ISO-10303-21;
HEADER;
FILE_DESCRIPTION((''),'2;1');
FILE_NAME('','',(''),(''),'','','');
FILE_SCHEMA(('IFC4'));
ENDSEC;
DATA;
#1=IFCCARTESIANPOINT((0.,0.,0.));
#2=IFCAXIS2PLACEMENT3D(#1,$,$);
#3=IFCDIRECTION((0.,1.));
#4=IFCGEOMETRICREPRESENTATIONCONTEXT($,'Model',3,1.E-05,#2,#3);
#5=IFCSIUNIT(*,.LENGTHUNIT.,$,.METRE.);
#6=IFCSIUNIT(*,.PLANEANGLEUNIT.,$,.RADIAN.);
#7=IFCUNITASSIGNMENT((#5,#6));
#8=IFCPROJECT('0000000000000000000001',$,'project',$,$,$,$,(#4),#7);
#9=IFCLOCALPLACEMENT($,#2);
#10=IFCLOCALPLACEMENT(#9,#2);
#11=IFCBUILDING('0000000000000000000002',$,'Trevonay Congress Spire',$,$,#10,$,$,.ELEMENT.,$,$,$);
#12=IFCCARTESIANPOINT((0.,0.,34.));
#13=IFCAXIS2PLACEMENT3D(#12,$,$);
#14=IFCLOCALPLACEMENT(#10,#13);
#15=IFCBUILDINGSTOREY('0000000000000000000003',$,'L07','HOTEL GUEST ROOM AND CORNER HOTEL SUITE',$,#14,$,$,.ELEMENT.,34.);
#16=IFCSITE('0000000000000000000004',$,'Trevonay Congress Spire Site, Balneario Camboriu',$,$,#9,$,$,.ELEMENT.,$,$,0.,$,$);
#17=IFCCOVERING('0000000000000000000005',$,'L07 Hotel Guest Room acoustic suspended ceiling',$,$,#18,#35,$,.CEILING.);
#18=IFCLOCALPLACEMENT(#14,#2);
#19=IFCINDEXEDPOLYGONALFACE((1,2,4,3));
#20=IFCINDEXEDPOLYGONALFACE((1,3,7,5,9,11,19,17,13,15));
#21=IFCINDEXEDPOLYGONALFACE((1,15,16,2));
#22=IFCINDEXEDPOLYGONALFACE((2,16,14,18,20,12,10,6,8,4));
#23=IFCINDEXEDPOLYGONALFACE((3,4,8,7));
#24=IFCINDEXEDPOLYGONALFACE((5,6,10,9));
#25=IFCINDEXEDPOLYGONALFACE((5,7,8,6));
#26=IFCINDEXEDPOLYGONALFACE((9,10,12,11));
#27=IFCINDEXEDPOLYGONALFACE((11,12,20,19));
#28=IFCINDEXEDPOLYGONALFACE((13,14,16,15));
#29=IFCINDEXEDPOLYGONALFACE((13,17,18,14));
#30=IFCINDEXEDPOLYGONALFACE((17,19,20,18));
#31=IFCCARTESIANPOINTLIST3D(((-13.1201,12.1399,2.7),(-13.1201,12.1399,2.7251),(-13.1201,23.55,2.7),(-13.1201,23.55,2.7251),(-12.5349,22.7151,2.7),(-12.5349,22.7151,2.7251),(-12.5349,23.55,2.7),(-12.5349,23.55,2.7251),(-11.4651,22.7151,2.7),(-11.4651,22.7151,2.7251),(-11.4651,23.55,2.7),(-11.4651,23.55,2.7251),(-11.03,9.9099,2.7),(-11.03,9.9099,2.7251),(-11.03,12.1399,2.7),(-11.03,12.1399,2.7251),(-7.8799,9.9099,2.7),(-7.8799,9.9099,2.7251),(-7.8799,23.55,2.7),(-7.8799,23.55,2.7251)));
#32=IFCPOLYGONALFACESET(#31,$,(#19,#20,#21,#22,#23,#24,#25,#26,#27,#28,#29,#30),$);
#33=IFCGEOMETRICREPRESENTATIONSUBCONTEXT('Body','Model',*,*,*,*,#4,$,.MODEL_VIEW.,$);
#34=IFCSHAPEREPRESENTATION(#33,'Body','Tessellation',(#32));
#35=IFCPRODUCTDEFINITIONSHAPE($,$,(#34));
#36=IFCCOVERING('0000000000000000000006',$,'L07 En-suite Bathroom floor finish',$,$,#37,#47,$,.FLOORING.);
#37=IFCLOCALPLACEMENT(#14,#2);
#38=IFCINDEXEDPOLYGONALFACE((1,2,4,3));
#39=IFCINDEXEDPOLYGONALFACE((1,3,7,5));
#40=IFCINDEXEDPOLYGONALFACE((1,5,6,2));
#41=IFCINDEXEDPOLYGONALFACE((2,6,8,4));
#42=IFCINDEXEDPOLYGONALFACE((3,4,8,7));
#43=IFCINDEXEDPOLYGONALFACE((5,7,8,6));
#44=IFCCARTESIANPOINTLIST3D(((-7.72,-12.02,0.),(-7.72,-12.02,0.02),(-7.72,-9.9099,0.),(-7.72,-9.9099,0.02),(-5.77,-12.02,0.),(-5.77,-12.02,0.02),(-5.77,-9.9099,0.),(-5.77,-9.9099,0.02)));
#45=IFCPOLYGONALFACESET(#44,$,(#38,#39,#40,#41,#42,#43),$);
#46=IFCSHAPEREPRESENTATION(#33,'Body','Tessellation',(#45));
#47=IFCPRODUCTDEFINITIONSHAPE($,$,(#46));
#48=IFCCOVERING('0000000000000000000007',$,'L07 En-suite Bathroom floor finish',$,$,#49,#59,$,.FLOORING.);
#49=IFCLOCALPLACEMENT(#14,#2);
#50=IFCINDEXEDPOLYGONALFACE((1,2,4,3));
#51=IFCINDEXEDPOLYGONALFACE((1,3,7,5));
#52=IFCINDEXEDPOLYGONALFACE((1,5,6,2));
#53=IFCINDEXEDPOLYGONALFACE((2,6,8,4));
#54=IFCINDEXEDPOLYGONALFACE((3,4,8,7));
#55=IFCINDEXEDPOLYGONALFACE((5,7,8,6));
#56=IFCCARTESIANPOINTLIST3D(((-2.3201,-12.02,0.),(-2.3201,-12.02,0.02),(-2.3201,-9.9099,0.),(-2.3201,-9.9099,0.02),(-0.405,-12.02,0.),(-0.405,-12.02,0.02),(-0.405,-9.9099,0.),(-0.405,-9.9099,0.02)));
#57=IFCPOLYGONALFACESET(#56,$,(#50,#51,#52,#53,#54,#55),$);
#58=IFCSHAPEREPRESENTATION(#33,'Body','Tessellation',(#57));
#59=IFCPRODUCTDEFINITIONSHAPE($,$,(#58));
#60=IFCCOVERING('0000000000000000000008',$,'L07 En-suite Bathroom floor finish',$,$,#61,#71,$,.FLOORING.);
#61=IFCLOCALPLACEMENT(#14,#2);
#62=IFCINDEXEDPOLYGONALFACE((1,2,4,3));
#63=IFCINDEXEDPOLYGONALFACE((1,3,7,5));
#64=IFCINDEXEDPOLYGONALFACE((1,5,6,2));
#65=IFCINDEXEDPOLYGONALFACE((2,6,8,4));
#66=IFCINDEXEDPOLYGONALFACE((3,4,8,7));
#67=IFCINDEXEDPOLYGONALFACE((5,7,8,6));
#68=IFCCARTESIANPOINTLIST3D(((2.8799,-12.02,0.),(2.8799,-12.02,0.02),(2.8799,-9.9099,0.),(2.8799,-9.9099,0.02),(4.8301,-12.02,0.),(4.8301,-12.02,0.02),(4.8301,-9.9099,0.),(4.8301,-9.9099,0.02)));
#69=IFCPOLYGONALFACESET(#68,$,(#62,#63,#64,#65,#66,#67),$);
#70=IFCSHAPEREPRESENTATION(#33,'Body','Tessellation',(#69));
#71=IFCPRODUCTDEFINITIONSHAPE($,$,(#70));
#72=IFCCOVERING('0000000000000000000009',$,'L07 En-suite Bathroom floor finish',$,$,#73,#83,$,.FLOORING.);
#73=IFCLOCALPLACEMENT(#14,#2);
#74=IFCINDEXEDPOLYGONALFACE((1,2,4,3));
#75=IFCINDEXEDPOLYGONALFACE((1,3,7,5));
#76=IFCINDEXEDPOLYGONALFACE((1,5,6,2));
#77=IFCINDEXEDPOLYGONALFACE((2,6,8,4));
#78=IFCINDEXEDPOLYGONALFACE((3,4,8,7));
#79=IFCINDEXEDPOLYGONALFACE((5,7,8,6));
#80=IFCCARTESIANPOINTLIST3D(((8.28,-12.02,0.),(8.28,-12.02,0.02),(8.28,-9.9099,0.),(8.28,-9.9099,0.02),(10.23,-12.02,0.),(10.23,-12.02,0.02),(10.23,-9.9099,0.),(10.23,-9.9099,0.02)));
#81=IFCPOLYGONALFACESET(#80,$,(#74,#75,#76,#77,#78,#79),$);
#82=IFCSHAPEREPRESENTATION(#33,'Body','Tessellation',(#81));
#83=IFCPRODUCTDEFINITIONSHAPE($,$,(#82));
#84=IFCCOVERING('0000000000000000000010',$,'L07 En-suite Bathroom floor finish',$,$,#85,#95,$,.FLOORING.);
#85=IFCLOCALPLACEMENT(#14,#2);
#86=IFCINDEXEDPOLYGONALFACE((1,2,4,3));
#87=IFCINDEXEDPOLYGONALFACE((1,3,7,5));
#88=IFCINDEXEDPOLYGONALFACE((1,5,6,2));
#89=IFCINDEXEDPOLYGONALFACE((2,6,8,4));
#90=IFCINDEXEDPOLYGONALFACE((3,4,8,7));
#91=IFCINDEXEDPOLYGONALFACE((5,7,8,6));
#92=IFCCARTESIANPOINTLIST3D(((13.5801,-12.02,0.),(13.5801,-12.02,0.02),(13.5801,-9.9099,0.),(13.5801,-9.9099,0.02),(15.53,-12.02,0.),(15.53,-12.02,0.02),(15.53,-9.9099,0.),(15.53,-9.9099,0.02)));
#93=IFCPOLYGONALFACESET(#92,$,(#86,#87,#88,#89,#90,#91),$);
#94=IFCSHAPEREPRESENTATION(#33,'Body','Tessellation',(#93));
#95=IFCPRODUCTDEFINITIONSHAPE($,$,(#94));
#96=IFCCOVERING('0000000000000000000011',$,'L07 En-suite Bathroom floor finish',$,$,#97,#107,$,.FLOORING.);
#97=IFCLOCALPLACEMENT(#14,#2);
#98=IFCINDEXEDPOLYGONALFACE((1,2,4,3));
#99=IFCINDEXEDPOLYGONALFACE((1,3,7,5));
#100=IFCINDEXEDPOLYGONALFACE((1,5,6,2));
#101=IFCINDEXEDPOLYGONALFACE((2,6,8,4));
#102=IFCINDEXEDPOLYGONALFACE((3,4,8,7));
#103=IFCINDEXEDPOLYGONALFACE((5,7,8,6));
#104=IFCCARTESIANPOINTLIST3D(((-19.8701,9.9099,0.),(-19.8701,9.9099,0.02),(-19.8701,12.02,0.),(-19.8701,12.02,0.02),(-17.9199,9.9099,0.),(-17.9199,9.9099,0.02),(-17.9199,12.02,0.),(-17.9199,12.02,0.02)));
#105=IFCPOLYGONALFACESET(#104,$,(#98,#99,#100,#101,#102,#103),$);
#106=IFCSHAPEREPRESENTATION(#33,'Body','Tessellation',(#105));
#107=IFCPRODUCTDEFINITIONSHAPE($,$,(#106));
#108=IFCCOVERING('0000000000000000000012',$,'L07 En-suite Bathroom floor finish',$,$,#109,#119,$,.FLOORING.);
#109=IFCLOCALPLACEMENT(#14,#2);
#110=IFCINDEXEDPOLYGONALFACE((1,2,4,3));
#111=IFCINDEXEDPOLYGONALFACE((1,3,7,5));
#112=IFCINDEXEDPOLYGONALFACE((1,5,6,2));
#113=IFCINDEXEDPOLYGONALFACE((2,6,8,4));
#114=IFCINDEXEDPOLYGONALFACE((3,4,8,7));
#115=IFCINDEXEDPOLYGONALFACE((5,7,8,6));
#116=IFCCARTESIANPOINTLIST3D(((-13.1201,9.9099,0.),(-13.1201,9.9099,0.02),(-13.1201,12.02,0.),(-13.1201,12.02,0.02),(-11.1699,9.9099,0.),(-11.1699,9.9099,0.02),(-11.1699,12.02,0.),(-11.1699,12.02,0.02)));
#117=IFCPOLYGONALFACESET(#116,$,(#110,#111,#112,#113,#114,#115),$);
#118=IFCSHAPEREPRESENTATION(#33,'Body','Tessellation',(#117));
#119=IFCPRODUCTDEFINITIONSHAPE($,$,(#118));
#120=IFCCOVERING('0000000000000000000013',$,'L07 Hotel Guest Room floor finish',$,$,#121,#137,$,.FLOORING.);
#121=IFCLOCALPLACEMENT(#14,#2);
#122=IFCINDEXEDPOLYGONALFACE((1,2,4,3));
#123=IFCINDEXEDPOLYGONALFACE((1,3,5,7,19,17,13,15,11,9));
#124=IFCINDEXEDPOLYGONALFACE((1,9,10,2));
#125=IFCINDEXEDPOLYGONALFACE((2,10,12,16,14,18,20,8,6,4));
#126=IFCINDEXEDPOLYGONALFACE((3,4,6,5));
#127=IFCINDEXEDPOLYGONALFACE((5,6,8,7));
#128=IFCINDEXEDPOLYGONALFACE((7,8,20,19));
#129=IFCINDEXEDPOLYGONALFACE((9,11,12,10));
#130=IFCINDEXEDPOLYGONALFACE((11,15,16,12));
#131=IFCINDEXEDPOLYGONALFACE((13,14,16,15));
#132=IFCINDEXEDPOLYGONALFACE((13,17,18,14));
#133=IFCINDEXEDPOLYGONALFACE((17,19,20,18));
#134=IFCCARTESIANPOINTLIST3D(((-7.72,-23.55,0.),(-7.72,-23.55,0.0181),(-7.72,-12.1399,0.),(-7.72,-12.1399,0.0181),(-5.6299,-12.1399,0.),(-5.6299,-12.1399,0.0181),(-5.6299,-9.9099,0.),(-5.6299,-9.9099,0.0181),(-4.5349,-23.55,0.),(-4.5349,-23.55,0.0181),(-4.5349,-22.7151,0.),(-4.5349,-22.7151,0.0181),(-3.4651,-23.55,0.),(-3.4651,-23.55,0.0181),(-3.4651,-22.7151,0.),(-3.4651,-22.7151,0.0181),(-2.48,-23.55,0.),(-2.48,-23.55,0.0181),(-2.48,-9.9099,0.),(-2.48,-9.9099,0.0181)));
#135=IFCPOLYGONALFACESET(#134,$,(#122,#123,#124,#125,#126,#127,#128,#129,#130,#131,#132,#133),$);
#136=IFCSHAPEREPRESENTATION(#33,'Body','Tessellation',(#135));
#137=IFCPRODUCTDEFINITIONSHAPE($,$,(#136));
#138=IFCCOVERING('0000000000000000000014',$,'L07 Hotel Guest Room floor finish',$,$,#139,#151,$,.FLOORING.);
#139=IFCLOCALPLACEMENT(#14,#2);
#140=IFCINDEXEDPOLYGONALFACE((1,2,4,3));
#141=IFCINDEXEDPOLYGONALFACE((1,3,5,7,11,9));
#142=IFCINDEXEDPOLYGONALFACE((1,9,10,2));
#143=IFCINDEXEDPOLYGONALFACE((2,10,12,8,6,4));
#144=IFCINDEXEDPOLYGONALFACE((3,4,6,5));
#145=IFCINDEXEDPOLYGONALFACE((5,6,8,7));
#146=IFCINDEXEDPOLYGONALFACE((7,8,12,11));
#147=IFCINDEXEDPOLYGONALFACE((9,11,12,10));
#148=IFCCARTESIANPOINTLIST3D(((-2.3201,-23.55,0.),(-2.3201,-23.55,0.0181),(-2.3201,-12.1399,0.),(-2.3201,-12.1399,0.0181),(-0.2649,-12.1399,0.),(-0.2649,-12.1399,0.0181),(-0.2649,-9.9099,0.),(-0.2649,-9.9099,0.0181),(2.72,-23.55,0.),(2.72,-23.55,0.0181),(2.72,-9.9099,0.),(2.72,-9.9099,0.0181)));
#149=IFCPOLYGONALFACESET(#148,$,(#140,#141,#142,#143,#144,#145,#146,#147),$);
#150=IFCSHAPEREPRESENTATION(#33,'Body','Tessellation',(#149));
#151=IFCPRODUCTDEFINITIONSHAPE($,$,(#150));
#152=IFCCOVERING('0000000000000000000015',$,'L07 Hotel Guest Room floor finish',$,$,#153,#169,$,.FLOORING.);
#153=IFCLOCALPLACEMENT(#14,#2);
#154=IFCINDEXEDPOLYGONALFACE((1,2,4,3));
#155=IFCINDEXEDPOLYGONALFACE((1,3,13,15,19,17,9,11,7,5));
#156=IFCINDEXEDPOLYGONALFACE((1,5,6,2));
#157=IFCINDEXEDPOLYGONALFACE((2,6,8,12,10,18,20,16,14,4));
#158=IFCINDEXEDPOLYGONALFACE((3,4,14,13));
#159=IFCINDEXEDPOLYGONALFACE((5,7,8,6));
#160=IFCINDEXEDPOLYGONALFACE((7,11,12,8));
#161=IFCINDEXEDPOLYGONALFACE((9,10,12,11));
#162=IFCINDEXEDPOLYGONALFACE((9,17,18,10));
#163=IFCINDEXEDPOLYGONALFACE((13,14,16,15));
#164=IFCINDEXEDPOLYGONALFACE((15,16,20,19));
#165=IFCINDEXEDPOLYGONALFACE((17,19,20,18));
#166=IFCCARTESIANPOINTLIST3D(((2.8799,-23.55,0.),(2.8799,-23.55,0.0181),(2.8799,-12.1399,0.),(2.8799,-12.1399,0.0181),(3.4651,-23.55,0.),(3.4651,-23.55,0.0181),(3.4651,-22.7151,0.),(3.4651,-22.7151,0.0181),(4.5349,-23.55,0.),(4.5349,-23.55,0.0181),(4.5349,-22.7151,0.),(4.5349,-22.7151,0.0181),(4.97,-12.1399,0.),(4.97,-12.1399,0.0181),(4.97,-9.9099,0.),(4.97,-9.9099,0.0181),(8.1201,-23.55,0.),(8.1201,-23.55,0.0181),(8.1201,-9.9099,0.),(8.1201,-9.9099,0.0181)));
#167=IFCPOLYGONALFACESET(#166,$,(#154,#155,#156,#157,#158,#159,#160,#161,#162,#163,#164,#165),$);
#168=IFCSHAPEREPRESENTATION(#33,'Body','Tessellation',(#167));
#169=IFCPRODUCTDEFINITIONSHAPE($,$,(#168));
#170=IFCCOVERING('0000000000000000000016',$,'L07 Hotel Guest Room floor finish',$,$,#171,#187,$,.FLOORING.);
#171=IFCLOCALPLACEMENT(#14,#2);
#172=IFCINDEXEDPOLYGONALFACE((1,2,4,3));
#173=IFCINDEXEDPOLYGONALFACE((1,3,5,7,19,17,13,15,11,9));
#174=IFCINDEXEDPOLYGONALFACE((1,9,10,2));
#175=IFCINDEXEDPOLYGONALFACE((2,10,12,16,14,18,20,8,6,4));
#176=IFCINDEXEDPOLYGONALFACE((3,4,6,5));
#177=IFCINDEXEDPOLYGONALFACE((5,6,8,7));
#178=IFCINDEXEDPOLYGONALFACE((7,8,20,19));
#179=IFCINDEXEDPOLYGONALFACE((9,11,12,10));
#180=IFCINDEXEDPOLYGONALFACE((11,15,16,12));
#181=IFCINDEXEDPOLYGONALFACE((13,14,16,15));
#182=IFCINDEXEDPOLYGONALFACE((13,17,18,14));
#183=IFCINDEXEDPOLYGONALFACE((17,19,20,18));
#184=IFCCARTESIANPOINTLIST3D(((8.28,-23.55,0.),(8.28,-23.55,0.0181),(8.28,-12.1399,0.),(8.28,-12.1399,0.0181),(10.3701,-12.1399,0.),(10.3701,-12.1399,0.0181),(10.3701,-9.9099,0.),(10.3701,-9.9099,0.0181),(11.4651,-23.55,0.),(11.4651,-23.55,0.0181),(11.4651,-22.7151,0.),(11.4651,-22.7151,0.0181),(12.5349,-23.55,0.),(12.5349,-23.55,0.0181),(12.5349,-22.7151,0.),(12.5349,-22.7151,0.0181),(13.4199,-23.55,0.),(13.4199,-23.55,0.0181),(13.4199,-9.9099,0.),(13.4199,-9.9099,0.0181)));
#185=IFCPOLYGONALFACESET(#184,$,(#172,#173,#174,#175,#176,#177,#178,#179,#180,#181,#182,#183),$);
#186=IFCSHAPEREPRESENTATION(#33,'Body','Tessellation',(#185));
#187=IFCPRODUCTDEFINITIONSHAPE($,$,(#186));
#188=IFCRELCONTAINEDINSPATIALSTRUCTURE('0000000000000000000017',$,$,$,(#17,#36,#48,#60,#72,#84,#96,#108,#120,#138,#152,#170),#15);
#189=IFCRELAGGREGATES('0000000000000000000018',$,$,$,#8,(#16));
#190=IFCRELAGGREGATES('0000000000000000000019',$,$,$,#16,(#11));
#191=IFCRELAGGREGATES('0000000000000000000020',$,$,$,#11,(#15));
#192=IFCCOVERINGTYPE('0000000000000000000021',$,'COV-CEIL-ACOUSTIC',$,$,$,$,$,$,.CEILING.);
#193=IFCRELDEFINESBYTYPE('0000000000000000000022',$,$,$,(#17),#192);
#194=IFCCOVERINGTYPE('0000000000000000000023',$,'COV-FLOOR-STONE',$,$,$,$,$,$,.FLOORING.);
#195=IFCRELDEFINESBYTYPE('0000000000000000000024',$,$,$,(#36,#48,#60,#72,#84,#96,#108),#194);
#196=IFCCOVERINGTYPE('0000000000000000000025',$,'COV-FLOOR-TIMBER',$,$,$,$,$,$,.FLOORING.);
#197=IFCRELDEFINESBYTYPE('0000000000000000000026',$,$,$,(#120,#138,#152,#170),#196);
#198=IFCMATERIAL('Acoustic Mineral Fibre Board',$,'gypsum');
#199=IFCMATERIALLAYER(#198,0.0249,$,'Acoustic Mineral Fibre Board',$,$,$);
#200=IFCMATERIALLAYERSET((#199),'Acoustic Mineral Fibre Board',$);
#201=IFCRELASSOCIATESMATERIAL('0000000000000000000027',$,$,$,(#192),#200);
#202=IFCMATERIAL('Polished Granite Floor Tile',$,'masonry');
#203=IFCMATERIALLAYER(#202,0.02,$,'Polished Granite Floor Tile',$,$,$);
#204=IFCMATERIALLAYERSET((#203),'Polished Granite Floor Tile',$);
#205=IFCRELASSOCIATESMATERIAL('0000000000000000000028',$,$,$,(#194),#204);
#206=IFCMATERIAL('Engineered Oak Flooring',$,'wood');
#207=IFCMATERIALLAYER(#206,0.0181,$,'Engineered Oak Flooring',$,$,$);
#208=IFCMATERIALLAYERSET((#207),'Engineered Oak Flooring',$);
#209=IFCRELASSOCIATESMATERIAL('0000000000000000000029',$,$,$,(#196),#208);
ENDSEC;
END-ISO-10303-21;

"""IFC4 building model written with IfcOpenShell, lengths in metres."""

from ifc_helpers import new_model, si_unit, direction, frame, origin, place, context, subcontext, project, spatial, polyline, outline, extrude, material, layer, layer_set, type_object, element, save


model = new_model("IFC4")

# Units and contexts
model_context = context("Model", 3, precision=1e-05, world=origin(), true_north=direction((0.0, 1.0)))
body_context = subcontext(model_context, "Body", "Model", "MODEL_VIEW")
ifc_project = project(units=[si_unit("LENGTHUNIT", "METRE"), si_unit("PLANEANGLEUNIT", "RADIAN")], contexts=[model_context])

# Site, building, storey
site_placement = place(None, origin())
site = spatial("IfcSite", under=ifc_project, at=site_placement, Name="Trevonay Congress Spire Site, Balneario Camboriu", CompositionType="ELEMENT", RefElevation=0.0)
building_placement = place(site_placement, origin())
building = spatial("IfcBuilding", under=site, at=building_placement, Name="Trevonay Congress Spire", CompositionType="ELEMENT")
storey_placement = place(building_placement, frame((0.0, 0.0, 34.0)))
storey = spatial("IfcBuildingStorey", under=building, at=storey_placement, Name="L07", Description="HOTEL GUEST ROOM AND CORNER HOTEL SUITE", CompositionType="ELEMENT", Elevation=34.0)

# Coverings
ifc_material_1 = material(Name="Acoustic Mineral Fibre Board", Category="gypsum")
ifc_layer_1 = layer(ifc_material_1, 0.0249, Name="Acoustic Mineral Fibre Board")
ifc_layer_set_1 = layer_set([ifc_layer_1], Name="Acoustic Mineral Fibre Board")
covering_type_1 = type_object("IfcCoveringType", Name="COV-CEIL-ACOUSTIC", PredefinedType="CEILING", material=ifc_layer_set_1)
covering_1_placement = place(storey_placement, frame((0.0, 0.0, 2.7)))
element("IfcCovering", 1, at=covering_1_placement, inside=storey, type_object=covering_type_1, Name="L07 Hotel Guest Room acoustic suspended ceiling", PredefinedType="CEILING", context=body_context, shape_type="SweptSolid", body=[
    extrude(outline(polyline([(-7.8799, 23.55), (-7.8799, 9.9099), (-11.03, 9.9099), (-11.03, 12.1399), (-13.1201, 12.1399), (-13.1201, 23.55), (-12.5349, 23.55), (-12.5349, 22.7151), (-11.4651, 22.7151), (-11.4651, 23.55), (-7.8799, 23.55)])), origin(), (0.0, 0.0, 1.0), 0.0251),
])
ifc_material_2 = material(Name="Polished Granite Floor Tile", Category="masonry")
ifc_layer_2 = layer(ifc_material_2, 0.02, Name="Polished Granite Floor Tile")
ifc_layer_set_2 = layer_set([ifc_layer_2], Name="Polished Granite Floor Tile")
covering_type_2 = type_object("IfcCoveringType", Name="COV-FLOOR-STONE", PredefinedType="FLOORING", material=ifc_layer_set_2)
covering_2_placement = place(storey_placement, origin())
element("IfcCovering", 2, at=covering_2_placement, inside=storey, type_object=covering_type_2, Name="L07 En-suite Bathroom floor finish", PredefinedType="FLOORING", context=body_context, shape_type="SweptSolid", body=[
    extrude(outline(polyline([(-7.72, -12.02), (-5.77, -12.02), (-5.77, -9.9099), (-7.72, -9.9099), (-7.72, -12.02)])), origin(), (0.0, 0.0, 1.0), 0.02),
])
covering_3_placement = place(storey_placement, origin())
element("IfcCovering", 3, at=covering_3_placement, inside=storey, type_object=covering_type_2, Name="L07 En-suite Bathroom floor finish", PredefinedType="FLOORING", context=body_context, shape_type="SweptSolid", body=[
    extrude(outline(polyline([(-2.3201, -12.02), (-0.405, -12.02), (-0.405, -9.9099), (-2.3201, -9.9099), (-2.3201, -12.02)])), origin(), (0.0, 0.0, 1.0), 0.02),
])
covering_4_placement = place(storey_placement, origin())
element("IfcCovering", 4, at=covering_4_placement, inside=storey, type_object=covering_type_2, Name="L07 En-suite Bathroom floor finish", PredefinedType="FLOORING", context=body_context, shape_type="SweptSolid", body=[
    extrude(outline(polyline([(2.8799, -12.02), (4.8301, -12.02), (4.8301, -9.9099), (2.8799, -9.9099), (2.8799, -12.02)])), origin(), (0.0, 0.0, 1.0), 0.02),
])
covering_5_placement = place(storey_placement, origin())
element("IfcCovering", 5, at=covering_5_placement, inside=storey, type_object=covering_type_2, Name="L07 En-suite Bathroom floor finish", PredefinedType="FLOORING", context=body_context, shape_type="SweptSolid", body=[
    extrude(outline(polyline([(8.28, -12.02), (10.23, -12.02), (10.23, -9.9099), (8.28, -9.9099), (8.28, -12.02)])), origin(), (0.0, 0.0, 1.0), 0.02),
])
covering_6_placement = place(storey_placement, origin())
element("IfcCovering", 6, at=covering_6_placement, inside=storey, type_object=covering_type_2, Name="L07 En-suite Bathroom floor finish", PredefinedType="FLOORING", context=body_context, shape_type="SweptSolid", body=[
    extrude(outline(polyline([(13.5801, -12.02), (15.53, -12.02), (15.53, -9.9099), (13.5801, -9.9099), (13.5801, -12.02)])), origin(), (0.0, 0.0, 1.0), 0.02),
])
covering_7_placement = place(storey_placement, origin())
element("IfcCovering", 7, at=covering_7_placement, inside=storey, type_object=covering_type_2, Name="L07 En-suite Bathroom floor finish", PredefinedType="FLOORING", context=body_context, shape_type="SweptSolid", body=[
    extrude(outline(polyline([(-19.8701, 9.9099), (-17.9199, 9.9099), (-17.9199, 12.02), (-19.8701, 12.02), (-19.8701, 9.9099)])), origin(), (0.0, 0.0, 1.0), 0.02),
])
covering_8_placement = place(storey_placement, origin())
element("IfcCovering", 8, at=covering_8_placement, inside=storey, type_object=covering_type_2, Name="L07 En-suite Bathroom floor finish", PredefinedType="FLOORING", context=body_context, shape_type="SweptSolid", body=[
    extrude(outline(polyline([(-13.1201, 9.9099), (-11.1699, 9.9099), (-11.1699, 12.02), (-13.1201, 12.02), (-13.1201, 9.9099)])), origin(), (0.0, 0.0, 1.0), 0.02),
])
ifc_material_3 = material(Name="Engineered Oak Flooring", Category="wood")
ifc_layer_3 = layer(ifc_material_3, 0.0181, Name="Engineered Oak Flooring")
ifc_layer_set_3 = layer_set([ifc_layer_3], Name="Engineered Oak Flooring")
covering_type_3 = type_object("IfcCoveringType", Name="COV-FLOOR-TIMBER", PredefinedType="FLOORING", material=ifc_layer_set_3)
covering_9_placement = place(storey_placement, origin())
element("IfcCovering", 9, at=covering_9_placement, inside=storey, type_object=covering_type_3, Name="L07 Hotel Guest Room floor finish", PredefinedType="FLOORING", context=body_context, shape_type="SweptSolid", body=[
    extrude(outline(polyline([(-7.72, -23.55), (-7.72, -12.1399), (-5.6299, -12.1399), (-5.6299, -9.9099), (-2.48, -9.9099), (-2.48, -23.55), (-3.4651, -23.55), (-3.4651, -22.7151), (-4.5349, -22.7151), (-4.5349, -23.55), (-7.72, -23.55)])), origin(), (0.0, 0.0, 1.0), 0.0181),
])
covering_10_placement = place(storey_placement, origin())
element("IfcCovering", 10, at=covering_10_placement, inside=storey, type_object=covering_type_3, Name="L07 Hotel Guest Room floor finish", PredefinedType="FLOORING", context=body_context, shape_type="SweptSolid", body=[
    extrude(outline(polyline([(-2.3201, -23.55), (2.72, -23.55), (2.72, -9.9099), (-0.2649, -9.9099), (-0.2649, -12.1399), (-2.3201, -12.1399), (-2.3201, -23.55)])), origin(), (0.0, 0.0, 1.0), 0.0181),
])
covering_11_placement = place(storey_placement, origin())
element("IfcCovering", 11, at=covering_11_placement, inside=storey, type_object=covering_type_3, Name="L07 Hotel Guest Room floor finish", PredefinedType="FLOORING", context=body_context, shape_type="SweptSolid", body=[
    extrude(outline(polyline([(2.8799, -23.55), (2.8799, -12.1399), (4.97, -12.1399), (4.97, -9.9099), (8.1201, -9.9099), (8.1201, -23.55), (4.5349, -23.55), (4.5349, -22.7151), (3.4651, -22.7151), (3.4651, -23.55), (2.8799, -23.55)])), origin(), (0.0, 0.0, 1.0), 0.0181),
])
covering_12_placement = place(storey_placement, origin())
element("IfcCovering", 12, at=covering_12_placement, inside=storey, type_object=covering_type_3, Name="L07 Hotel Guest Room floor finish", PredefinedType="FLOORING", context=body_context, shape_type="SweptSolid", body=[
    extrude(outline(polyline([(8.28, -23.55), (8.28, -12.1399), (10.3701, -12.1399), (10.3701, -9.9099), (13.4199, -9.9099), (13.4199, -23.55), (12.5349, -23.55), (12.5349, -22.7151), (11.4651, -22.7151), (11.4651, -23.55), (8.28, -23.55)])), origin(), (0.0, 0.0, 1.0), 0.0181),
])

save(model, "model.ifc")
